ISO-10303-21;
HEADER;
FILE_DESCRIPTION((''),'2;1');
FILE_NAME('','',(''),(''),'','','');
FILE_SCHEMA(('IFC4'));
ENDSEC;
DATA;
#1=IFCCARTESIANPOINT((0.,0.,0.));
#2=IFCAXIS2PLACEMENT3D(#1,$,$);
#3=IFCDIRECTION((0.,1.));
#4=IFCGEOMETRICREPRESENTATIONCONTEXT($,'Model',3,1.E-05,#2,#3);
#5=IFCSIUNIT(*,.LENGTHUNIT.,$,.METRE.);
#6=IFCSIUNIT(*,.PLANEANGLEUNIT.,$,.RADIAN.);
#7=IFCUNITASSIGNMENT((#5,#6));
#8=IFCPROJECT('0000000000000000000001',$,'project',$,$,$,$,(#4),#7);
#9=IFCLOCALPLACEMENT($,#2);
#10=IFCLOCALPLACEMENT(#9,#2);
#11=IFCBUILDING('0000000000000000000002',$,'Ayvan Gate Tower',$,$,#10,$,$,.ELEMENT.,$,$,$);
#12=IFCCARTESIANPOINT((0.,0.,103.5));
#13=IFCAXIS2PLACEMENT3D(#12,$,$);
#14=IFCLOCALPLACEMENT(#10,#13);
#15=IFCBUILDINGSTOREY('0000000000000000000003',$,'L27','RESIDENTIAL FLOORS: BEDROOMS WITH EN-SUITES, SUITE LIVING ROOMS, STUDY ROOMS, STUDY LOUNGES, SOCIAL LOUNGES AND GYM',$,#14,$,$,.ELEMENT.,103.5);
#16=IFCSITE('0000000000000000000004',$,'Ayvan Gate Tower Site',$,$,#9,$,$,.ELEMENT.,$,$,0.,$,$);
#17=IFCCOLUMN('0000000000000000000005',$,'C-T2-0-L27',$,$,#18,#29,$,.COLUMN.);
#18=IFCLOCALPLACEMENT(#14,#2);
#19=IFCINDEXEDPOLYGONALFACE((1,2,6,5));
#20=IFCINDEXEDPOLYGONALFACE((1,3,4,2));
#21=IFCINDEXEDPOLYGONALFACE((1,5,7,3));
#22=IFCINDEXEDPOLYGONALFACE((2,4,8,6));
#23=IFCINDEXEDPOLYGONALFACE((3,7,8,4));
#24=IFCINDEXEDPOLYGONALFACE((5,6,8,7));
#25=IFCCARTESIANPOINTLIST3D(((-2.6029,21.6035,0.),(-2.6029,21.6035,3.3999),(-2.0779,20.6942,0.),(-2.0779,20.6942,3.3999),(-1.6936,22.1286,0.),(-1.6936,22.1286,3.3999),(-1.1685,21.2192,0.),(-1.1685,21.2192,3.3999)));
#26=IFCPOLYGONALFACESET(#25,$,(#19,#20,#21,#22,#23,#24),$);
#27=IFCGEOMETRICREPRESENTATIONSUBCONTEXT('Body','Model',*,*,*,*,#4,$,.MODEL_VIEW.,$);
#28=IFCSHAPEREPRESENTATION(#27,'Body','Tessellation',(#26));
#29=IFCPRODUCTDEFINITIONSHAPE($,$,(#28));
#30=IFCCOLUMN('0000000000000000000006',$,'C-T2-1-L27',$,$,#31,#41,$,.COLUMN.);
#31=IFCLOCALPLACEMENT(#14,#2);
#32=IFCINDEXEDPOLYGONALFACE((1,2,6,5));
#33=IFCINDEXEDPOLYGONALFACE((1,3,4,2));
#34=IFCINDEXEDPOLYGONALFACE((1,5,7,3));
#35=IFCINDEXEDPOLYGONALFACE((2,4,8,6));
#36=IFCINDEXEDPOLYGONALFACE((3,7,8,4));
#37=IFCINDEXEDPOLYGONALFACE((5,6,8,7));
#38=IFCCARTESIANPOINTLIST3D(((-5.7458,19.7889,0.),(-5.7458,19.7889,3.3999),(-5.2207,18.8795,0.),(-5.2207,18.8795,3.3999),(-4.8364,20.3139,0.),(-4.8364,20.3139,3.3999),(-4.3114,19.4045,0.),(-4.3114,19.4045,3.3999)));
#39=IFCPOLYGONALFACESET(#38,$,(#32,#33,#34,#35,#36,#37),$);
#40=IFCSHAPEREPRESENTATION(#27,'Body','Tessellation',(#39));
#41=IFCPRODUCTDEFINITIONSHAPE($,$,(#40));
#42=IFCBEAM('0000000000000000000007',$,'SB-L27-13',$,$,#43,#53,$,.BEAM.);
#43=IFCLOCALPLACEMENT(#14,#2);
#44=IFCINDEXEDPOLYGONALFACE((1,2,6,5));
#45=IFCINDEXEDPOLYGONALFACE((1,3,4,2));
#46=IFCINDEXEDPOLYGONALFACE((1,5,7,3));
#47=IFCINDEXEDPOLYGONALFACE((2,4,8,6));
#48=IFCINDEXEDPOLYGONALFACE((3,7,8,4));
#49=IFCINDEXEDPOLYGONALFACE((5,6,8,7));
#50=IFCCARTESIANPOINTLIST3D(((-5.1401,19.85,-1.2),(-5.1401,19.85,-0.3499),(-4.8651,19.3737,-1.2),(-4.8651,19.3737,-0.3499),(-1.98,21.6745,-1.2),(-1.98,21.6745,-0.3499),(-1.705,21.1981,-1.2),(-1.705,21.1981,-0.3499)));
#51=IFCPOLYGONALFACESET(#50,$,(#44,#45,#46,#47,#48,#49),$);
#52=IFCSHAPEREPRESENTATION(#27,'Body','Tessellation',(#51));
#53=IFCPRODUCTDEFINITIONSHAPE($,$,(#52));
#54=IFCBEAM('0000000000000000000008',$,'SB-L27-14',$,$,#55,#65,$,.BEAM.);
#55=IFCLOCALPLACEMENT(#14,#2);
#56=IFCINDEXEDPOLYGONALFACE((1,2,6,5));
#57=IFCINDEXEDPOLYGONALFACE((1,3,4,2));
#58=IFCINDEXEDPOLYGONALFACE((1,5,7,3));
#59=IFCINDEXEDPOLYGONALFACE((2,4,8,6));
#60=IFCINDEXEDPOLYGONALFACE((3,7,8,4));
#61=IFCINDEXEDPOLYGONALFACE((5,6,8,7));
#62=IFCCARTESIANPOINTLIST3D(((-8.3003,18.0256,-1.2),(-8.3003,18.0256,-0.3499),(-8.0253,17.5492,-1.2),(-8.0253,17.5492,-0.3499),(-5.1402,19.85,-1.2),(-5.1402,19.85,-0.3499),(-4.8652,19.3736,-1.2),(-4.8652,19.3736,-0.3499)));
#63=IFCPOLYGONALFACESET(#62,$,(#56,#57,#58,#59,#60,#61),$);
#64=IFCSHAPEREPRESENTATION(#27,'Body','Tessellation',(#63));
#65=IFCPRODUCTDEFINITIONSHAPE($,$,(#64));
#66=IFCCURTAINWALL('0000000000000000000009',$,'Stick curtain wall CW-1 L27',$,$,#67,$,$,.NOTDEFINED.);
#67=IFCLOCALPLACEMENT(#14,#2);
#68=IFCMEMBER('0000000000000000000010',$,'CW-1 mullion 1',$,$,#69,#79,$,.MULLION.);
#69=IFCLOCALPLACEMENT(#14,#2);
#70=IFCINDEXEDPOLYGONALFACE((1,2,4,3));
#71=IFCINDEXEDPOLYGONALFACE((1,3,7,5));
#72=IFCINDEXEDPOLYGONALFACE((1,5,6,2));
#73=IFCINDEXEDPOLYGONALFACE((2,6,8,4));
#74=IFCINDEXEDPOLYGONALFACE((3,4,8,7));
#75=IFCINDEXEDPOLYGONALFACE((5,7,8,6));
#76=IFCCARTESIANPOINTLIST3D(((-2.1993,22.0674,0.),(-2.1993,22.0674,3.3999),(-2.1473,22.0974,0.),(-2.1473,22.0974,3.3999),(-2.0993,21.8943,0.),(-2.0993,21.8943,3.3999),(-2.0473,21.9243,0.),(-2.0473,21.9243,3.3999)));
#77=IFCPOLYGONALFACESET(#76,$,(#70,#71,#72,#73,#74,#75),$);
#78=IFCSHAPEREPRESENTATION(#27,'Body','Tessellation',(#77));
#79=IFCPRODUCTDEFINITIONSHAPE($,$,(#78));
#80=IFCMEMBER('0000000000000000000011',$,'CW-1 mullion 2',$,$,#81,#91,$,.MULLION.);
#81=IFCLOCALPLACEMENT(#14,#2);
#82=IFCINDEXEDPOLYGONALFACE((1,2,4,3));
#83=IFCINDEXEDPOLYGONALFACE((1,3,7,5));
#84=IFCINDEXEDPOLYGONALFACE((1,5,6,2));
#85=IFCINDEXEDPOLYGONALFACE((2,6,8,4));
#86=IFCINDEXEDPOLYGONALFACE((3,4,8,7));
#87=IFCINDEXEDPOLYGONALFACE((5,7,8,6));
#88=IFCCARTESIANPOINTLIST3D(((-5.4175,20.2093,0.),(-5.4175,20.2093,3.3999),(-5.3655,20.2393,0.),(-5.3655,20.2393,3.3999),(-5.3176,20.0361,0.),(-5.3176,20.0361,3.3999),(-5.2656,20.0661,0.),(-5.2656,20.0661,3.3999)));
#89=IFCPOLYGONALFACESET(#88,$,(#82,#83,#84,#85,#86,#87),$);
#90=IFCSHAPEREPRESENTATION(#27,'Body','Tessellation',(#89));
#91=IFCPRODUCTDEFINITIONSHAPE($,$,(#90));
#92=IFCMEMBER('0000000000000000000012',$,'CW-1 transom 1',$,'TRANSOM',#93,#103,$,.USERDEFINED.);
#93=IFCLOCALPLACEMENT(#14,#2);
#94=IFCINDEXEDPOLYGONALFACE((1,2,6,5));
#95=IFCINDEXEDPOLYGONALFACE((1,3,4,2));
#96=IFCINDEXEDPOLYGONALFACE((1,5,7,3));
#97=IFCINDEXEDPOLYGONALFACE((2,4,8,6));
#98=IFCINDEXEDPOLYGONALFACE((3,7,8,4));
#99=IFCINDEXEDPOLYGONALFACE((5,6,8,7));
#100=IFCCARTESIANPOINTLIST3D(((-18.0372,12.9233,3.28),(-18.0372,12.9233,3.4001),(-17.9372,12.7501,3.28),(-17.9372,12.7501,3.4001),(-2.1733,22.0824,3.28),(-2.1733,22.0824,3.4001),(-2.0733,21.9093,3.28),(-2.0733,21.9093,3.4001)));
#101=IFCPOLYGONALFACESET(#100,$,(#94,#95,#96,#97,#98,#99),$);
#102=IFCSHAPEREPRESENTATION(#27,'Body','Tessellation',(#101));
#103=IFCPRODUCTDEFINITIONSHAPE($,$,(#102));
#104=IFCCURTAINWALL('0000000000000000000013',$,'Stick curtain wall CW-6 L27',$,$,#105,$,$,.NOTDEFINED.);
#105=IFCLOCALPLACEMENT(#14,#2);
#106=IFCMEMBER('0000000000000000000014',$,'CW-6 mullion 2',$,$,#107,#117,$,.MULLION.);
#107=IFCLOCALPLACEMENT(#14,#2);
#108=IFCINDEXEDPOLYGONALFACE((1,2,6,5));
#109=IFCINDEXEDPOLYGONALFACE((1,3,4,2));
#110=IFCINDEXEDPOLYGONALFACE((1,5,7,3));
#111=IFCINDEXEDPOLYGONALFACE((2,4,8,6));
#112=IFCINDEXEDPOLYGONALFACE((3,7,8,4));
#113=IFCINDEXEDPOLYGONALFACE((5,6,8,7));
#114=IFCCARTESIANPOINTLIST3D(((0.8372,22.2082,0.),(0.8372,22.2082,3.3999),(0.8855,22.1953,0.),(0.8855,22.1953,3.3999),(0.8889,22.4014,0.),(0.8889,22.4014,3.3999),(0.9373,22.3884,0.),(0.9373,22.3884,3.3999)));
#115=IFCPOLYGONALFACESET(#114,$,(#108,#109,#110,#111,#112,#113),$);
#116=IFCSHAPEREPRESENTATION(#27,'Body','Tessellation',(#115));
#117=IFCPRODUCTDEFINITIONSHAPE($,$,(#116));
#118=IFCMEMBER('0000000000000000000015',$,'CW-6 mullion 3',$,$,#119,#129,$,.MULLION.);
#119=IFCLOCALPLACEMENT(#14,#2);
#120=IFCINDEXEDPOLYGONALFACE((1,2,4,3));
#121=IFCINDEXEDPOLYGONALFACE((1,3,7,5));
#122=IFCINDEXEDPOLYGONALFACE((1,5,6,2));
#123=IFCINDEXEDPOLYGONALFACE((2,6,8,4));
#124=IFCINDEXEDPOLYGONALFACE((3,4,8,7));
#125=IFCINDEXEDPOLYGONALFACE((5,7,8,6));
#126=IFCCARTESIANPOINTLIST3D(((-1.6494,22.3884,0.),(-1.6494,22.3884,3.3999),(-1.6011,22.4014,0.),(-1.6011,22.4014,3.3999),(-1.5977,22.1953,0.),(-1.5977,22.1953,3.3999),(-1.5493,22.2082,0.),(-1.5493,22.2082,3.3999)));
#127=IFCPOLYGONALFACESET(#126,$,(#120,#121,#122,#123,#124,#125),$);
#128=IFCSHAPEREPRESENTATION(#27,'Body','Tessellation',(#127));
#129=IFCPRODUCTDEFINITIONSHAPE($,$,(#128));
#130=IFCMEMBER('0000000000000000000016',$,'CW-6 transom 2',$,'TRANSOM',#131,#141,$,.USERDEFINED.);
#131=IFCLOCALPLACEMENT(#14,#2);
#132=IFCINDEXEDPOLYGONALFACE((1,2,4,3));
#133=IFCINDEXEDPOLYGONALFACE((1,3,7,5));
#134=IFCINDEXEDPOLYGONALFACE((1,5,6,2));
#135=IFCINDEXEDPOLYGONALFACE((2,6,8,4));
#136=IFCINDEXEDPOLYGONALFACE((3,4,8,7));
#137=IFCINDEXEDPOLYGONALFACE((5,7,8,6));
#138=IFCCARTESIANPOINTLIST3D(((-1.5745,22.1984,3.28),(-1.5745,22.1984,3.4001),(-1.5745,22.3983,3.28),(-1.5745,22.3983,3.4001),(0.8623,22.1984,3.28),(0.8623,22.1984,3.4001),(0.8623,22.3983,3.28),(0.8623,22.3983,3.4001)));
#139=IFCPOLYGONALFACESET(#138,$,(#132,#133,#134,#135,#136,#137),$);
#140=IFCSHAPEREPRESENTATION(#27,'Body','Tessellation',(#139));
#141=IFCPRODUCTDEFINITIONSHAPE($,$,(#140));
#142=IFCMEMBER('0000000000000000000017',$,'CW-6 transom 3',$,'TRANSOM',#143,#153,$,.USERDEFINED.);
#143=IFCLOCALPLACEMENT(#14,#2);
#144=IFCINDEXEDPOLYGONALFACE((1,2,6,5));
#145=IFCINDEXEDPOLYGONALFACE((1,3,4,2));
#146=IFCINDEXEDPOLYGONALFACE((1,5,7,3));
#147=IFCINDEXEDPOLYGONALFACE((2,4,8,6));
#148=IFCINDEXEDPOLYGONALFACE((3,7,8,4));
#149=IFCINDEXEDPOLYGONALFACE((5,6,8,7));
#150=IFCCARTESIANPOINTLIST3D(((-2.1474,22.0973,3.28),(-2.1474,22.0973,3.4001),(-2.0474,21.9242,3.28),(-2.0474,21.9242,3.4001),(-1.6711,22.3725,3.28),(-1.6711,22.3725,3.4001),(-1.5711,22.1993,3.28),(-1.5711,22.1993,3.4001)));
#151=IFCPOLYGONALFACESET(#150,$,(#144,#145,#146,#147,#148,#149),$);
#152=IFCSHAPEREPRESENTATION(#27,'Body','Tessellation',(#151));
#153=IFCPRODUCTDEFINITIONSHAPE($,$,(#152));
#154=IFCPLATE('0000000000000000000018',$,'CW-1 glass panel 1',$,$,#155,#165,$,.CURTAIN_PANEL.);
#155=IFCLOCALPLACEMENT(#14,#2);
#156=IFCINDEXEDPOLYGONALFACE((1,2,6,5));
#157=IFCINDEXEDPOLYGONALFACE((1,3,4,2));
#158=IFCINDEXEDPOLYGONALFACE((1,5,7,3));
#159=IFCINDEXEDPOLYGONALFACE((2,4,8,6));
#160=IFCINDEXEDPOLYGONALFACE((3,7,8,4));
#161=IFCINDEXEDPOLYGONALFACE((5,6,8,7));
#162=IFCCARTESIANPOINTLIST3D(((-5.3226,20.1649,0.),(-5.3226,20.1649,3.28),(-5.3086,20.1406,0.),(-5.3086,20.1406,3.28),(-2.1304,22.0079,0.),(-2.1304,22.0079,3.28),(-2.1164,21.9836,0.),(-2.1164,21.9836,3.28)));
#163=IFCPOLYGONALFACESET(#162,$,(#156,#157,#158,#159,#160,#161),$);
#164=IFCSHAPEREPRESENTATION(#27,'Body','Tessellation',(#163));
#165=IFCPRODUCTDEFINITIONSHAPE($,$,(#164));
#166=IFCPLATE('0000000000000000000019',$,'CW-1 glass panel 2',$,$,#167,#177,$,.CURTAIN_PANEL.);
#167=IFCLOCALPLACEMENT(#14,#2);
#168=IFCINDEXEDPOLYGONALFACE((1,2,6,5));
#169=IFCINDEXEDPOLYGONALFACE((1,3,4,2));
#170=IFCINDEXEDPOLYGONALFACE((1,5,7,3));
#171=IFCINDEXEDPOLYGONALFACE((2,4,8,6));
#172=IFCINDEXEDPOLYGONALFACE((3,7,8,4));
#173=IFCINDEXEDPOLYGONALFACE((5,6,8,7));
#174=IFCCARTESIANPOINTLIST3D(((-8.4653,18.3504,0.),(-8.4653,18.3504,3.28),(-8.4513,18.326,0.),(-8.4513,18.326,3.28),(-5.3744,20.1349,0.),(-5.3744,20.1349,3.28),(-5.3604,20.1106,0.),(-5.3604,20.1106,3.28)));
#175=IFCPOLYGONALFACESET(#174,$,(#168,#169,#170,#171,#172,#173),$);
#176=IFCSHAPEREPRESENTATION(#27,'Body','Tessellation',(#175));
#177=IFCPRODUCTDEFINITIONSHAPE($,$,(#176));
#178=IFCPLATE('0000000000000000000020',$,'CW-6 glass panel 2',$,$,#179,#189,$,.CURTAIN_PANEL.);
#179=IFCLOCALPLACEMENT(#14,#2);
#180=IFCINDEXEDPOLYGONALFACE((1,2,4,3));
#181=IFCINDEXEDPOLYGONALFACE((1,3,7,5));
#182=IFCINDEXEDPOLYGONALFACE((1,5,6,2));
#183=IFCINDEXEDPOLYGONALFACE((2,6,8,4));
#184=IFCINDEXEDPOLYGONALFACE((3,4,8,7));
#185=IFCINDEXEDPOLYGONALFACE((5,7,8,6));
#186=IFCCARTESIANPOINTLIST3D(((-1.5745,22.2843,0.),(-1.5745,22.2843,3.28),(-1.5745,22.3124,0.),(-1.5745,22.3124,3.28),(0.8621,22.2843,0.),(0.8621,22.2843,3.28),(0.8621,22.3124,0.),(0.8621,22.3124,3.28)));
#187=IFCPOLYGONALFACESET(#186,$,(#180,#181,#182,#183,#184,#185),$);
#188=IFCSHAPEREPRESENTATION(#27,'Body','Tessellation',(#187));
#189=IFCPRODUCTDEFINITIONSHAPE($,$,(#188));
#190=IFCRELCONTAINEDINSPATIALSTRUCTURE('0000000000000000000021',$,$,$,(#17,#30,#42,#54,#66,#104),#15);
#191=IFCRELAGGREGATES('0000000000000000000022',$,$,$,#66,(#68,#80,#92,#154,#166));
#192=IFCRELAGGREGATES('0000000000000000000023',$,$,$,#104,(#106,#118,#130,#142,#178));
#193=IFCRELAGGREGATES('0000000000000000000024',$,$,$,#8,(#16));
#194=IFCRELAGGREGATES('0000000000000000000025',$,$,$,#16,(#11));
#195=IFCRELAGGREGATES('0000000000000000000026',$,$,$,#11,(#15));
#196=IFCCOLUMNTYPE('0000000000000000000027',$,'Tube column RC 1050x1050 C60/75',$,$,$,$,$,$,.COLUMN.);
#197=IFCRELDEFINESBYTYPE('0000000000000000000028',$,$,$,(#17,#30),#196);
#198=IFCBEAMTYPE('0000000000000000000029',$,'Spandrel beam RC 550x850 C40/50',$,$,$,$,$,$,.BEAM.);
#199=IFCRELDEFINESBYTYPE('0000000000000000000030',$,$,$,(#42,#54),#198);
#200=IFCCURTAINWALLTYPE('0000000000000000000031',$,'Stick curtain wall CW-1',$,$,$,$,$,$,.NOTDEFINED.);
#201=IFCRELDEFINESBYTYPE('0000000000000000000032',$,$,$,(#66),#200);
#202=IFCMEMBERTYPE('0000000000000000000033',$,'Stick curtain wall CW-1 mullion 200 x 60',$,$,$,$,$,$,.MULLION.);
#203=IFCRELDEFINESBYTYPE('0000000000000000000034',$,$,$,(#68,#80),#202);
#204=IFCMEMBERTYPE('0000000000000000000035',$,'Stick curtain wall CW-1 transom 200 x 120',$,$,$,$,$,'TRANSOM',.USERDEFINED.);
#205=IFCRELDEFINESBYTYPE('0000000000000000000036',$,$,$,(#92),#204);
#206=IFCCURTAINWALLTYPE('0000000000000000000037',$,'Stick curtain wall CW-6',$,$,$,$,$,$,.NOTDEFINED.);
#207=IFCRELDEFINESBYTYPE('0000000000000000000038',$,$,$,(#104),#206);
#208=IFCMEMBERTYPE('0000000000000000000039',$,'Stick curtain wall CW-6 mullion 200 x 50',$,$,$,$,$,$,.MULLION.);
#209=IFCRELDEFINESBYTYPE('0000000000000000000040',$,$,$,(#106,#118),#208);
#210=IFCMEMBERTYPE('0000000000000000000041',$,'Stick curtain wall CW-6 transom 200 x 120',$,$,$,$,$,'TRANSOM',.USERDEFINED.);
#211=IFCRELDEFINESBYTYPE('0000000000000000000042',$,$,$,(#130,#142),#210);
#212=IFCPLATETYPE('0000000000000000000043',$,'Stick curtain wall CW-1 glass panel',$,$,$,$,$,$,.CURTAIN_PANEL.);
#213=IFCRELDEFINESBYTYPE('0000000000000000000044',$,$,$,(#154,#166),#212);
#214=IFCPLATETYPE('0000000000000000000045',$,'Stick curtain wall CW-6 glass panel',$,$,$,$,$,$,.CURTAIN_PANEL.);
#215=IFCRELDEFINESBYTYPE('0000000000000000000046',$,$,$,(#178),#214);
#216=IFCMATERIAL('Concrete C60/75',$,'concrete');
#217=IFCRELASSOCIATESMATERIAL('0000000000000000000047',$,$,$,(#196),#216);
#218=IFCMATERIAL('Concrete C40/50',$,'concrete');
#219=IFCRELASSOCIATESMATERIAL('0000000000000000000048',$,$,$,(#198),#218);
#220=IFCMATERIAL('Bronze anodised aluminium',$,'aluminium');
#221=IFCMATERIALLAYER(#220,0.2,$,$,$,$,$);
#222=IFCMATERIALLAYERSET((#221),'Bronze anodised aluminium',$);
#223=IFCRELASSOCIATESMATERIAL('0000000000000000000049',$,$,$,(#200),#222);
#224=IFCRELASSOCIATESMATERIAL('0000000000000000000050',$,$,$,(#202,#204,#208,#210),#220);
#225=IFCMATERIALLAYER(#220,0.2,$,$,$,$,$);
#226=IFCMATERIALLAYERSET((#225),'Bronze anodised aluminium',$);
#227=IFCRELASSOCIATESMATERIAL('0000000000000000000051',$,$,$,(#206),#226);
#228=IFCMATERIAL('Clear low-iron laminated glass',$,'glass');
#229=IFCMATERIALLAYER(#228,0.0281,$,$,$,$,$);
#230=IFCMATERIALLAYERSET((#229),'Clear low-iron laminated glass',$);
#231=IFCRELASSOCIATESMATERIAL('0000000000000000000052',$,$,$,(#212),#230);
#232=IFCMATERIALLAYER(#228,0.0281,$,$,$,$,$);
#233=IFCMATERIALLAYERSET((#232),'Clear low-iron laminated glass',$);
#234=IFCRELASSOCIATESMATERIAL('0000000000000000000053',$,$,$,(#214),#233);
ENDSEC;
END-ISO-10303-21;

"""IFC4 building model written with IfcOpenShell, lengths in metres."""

from ifc_helpers import new_model, si_unit, direction, frame, origin, origin_2d, place, context, subcontext, project, spatial, rectangle, extrude, material, layer, layer_set, material_profile, profile_set, type_object, element, aggregate, save


model = new_model("IFC4")

# Units and contexts
model_context = context("Model", 3, precision=1e-05, world=origin(), true_north=direction((0.0, 1.0)))
body_context = subcontext(model_context, "Body", "Model", "MODEL_VIEW")
ifc_project = project(units=[si_unit("LENGTHUNIT", "METRE"), si_unit("PLANEANGLEUNIT", "RADIAN")], contexts=[model_context])

# Site, building, storey
site_placement = place(None, origin())
site = spatial("IfcSite", under=ifc_project, at=site_placement, Name="Ayvan Gate Tower Site", CompositionType="ELEMENT", RefElevation=0.0)
building_placement = place(site_placement, origin())
building = spatial("IfcBuilding", under=site, at=building_placement, Name="Ayvan Gate Tower", CompositionType="ELEMENT")
storey_placement = place(building_placement, frame((0.0, 0.0, 103.5)))
storey = spatial("IfcBuildingStorey", under=building, at=storey_placement, Name="L27", Description="RESIDENTIAL FLOORS: BEDROOMS WITH EN-SUITES, SUITE LIVING ROOMS, STUDY ROOMS, STUDY LOUNGES, SOCIAL LOUNGES AND GYM", CompositionType="ELEMENT", Elevation=103.5)

# Columns
ifc_material_1 = material(Name="Concrete C60/75", Category="concrete")
ifc_material_profile_1 = material_profile(ifc_material_1, rectangle(XDim=1.05, YDim=1.05, at=origin_2d()), Name="RC 1050x1050")
ifc_profile_set_1 = profile_set([ifc_material_profile_1], Name="Concrete C60/75")
column_type = type_object("IfcColumnType", Name="Tube column RC 1050x1050 C60/75", PredefinedType="COLUMN", material=ifc_profile_set_1)
for number, where, z_axis, x_axis, name in (
    (1, (-1.8857, 21.4114, 0.0), (0.0, 0.0, 1.0), (-0.5, 0.866025, 0.0), "C-T2-0-L27"),
    (2, (-5.0286, 19.5967, 0.0), (0.0, 0.0, 1.0), (-0.5, 0.866025, 0.0), "C-T2-1-L27"),
):
    element("IfcColumn", number, at=place(storey_placement, frame(where, z_axis=z_axis, x_axis=x_axis)), inside=storey, type_object=column_type, Name=name, PredefinedType="COLUMN", context=body_context, shape_type="SweptSolid", body=[
        extrude(rectangle(XDim=1.05, YDim=1.05, at=origin_2d()), origin(), (0.0, 0.0, 1.0), 3.3999),
    ])

# Beams
ifc_material_2 = material(Name="Concrete C40/50", Category="concrete")
ifc_material_profile_2 = material_profile(ifc_material_2, rectangle(XDim=0.55, YDim=0.8501, at=origin_2d()), Name="RC 550x850")
ifc_profile_set_2 = profile_set([ifc_material_profile_2], Name="Concrete C40/50")
beam_type = type_object("IfcBeamType", Name="Spandrel beam RC 550x850 C40/50", PredefinedType="BEAM", material=ifc_profile_set_2)
for number, where, z_axis, x_axis, name in (
    (3, (-1.8425, 21.4363, -0.7749), (-0.866032, -0.499989, 0.0), (0.499989, -0.866032, 0.0), "SB-L27-13"),
    (4, (-5.0027, 19.6118, -0.7749), (-0.866032, -0.499989, 0.0), (0.499989, -0.866032, 0.0), "SB-L27-14"),
):
    element("IfcBeam", number, at=place(storey_placement, frame(where, z_axis=z_axis, x_axis=x_axis)), inside=storey, type_object=beam_type, Name=name, PredefinedType="BEAM", context=body_context, shape_type="SweptSolid", body=[
        extrude(rectangle(XDim=0.55, YDim=0.8501, at=origin_2d()), origin(), (0.0, 0.0, 1.0), 3.6489),
    ])

# Curtain walls, members
ifc_material_3 = material(Name="Bronze anodised aluminium", Category="aluminium")
ifc_layer_1 = layer(ifc_material_3, 0.2)
ifc_layer_set_1 = layer_set([ifc_layer_1], Name="Bronze anodised aluminium")
curtain_wall_type_1 = type_object("IfcCurtainWallType", Name="Stick curtain wall CW-1", PredefinedType="NOTDEFINED", material=ifc_layer_set_1)
curtain_wall_1_placement = place(storey_placement, origin())
curtain_wall_1 = element("IfcCurtainWall", 5, at=curtain_wall_1_placement, inside=storey, type_object=curtain_wall_type_1, Name="Stick curtain wall CW-1 L27", PredefinedType="NOTDEFINED")
ifc_material_profile_3 = material_profile(ifc_material_3, rectangle(XDim=0.2, YDim=0.0601, at=origin_2d()), Name="Stick curtain wall CW-1 mullion 200 x 60")
ifc_profile_set_3 = profile_set([ifc_material_profile_3], Name="Bronze anodised aluminium")
member_type_1 = type_object("IfcMemberType", Name="Stick curtain wall CW-1 mullion 200 x 60", PredefinedType="MULLION", material=ifc_profile_set_3)
member_1_placement = place(storey_placement, frame((-2.1233, 21.9958, 0.0), z_axis=(0.0, 0.0, 1.0), x_axis=(-0.5, 0.866025, 0.0)))
member_1 = element("IfcMember", 6, at=member_1_placement, type_object=member_type_1, Name="CW-1 mullion 1", PredefinedType="MULLION", context=body_context, shape_type="SweptSolid", body=[
    extrude(rectangle(XDim=0.2, YDim=0.0601, at=origin_2d()), origin(), (0.0, 0.0, 1.0), 3.3999),
])
member_2_placement = place(storey_placement, frame((-5.3416, 20.1377, 0.0), z_axis=(0.0, 0.0, 1.0), x_axis=(-0.5, 0.866025, 0.0)))
member_2 = element("IfcMember", 7, at=member_2_placement, type_object=member_type_1, Name="CW-1 mullion 2", PredefinedType="MULLION", context=body_context, shape_type="SweptSolid", body=[
    extrude(rectangle(XDim=0.2, YDim=0.0601, at=origin_2d()), origin(), (0.0, 0.0, 1.0), 3.3999),
])
ifc_material_profile_4 = material_profile(ifc_material_3, rectangle(XDim=0.2, YDim=0.1201, at=origin_2d()), Name="Stick curtain wall CW-1 transom 200 x 120")
ifc_profile_set_4 = profile_set([ifc_material_profile_4], Name="Bronze anodised aluminium")
member_type_2 = type_object("IfcMemberType", Name="Stick curtain wall CW-1 transom 200 x 120", ElementType="TRANSOM", PredefinedType="USERDEFINED", material=ifc_profile_set_4)
member_3_placement = place(storey_placement, frame((-2.1233, 21.9958, 3.3401), z_axis=(-0.866023, -0.500004, 0.0), x_axis=(0.500004, -0.866023, 0.0)))
member_3 = element("IfcMember", 8, at=member_3_placement, type_object=member_type_2, Name="CW-1 transom 1", ObjectType="TRANSOM", PredefinedType="USERDEFINED", context=body_context, shape_type="SweptSolid", body=[
    extrude(rectangle(XDim=0.2, YDim=0.1201, at=origin_2d()), origin(), (0.0, 0.0, 1.0), 18.3181),
])
ifc_layer_2 = layer(ifc_material_3, 0.2)
ifc_layer_set_2 = layer_set([ifc_layer_2], Name="Bronze anodised aluminium")
curtain_wall_type_2 = type_object("IfcCurtainWallType", Name="Stick curtain wall CW-6", PredefinedType="NOTDEFINED", material=ifc_layer_set_2)
curtain_wall_2_placement = place(storey_placement, origin())
curtain_wall_2 = element("IfcCurtainWall", 9, at=curtain_wall_2_placement, inside=storey, type_object=curtain_wall_type_2, Name="Stick curtain wall CW-6 L27", PredefinedType="NOTDEFINED")
ifc_material_profile_5 = material_profile(ifc_material_3, rectangle(XDim=0.2, YDim=0.05, at=origin_2d()), Name="Stick curtain wall CW-6 mullion 200 x 50")
ifc_profile_set_5 = profile_set([ifc_material_profile_5], Name="Bronze anodised aluminium")
member_type_3 = type_object("IfcMemberType", Name="Stick curtain wall CW-6 mullion 200 x 50", PredefinedType="MULLION", material=ifc_profile_set_5)
member_4_placement = place(storey_placement, frame((0.8872, 22.2983, 0.0), z_axis=(0.0, 0.0, 1.0), x_axis=(0.258819, 0.965926, 0.0)))
member_4 = element("IfcMember", 10, at=member_4_placement, type_object=member_type_3, Name="CW-6 mullion 2", PredefinedType="MULLION", context=body_context, shape_type="SweptSolid", body=[
    extrude(rectangle(XDim=0.2, YDim=0.05, at=origin_2d()), origin(), (0.0, 0.0, 1.0), 3.3999),
])
member_5_placement = place(storey_placement, frame((-1.5994, 22.2983, 0.0), z_axis=(0.0, 0.0, 1.0), x_axis=(-0.258819, 0.965926, 0.0)))
member_5 = element("IfcMember", 11, at=member_5_placement, type_object=member_type_3, Name="CW-6 mullion 3", PredefinedType="MULLION", context=body_context, shape_type="SweptSolid", body=[
    extrude(rectangle(XDim=0.2, YDim=0.05, at=origin_2d()), origin(), (0.0, 0.0, 1.0), 3.3999),
])
ifc_material_profile_6 = material_profile(ifc_material_3, rectangle(XDim=0.2, YDim=0.1201, at=origin_2d()), Name="Stick curtain wall CW-6 transom 200 x 120")
ifc_profile_set_6 = profile_set([ifc_material_profile_6], Name="Bronze anodised aluminium")
member_type_4 = type_object("IfcMemberType", Name="Stick curtain wall CW-6 transom 200 x 120", ElementType="TRANSOM", PredefinedType="USERDEFINED", material=ifc_profile_set_6)
member_6_placement = place(storey_placement, frame((0.8623, 22.2983, 3.3401), z_axis=(-1.0, 0.0, 0.0), x_axis=(0.0, -1.0, 0.0)))
member_6 = element("IfcMember", 12, at=member_6_placement, type_object=member_type_4, Name="CW-6 transom 2", ObjectType="TRANSOM", PredefinedType="USERDEFINED", context=body_context, shape_type="SweptSolid", body=[
    extrude(rectangle(XDim=0.2, YDim=0.1201, at=origin_2d()), origin(), (0.0, 0.0, 1.0), 2.4368),
])
member_7_placement = place(storey_placement, frame((-1.6211, 22.2859, 3.3401), z_axis=(-0.865912, -0.500196, 0.0), x_axis=(0.500196, -0.865912, 0.0)))
member_7 = element("IfcMember", 13, at=member_7_placement, type_object=member_type_4, Name="CW-6 transom 3", ObjectType="TRANSOM", PredefinedType="USERDEFINED", context=body_context, shape_type="SweptSolid", body=[
    extrude(rectangle(XDim=0.2, YDim=0.1201, at=origin_2d()), origin(), (0.0, 0.0, 1.0), 0.55),
])

# Plates
ifc_material_4 = material(Name="Clear low-iron laminated glass", Category="glass")
ifc_layer_3 = layer(ifc_material_4, 0.0281)
ifc_layer_set_3 = layer_set([ifc_layer_3], Name="Clear low-iron laminated glass")
plate_type_1 = type_object("IfcPlateType", Name="Stick curtain wall CW-1 glass panel", PredefinedType="CURTAIN_PANEL", material=ifc_layer_set_3)
plate_1_placement = place(storey_placement, frame((-3.7195, 21.0742, 0.0), z_axis=(0.0, 0.0, 1.0), x_axis=(-0.866025, -0.5, 0.0)))
plate_1 = element("IfcPlate", 14, at=plate_1_placement, type_object=plate_type_1, Name="CW-1 glass panel 1", PredefinedType="CURTAIN_PANEL", context=body_context, shape_type="SweptSolid", body=[
    extrude(rectangle(XDim=3.686, YDim=0.0281, at=origin_2d()), origin(), (0.0, 0.0, 1.0), 3.28),
])
plate_2_placement = place(storey_placement, frame((-6.9128, 19.2305, 0.0), z_axis=(0.0, 0.0, 1.0), x_axis=(-0.866025, -0.5, 0.0)))
plate_2 = element("IfcPlate", 15, at=plate_2_placement, type_object=plate_type_1, Name="CW-1 glass panel 2", PredefinedType="CURTAIN_PANEL", context=body_context, shape_type="SweptSolid", body=[
    extrude(rectangle(XDim=3.5691, YDim=0.0281, at=origin_2d()), origin(), (0.0, 0.0, 1.0), 3.28),
])
aggregate(curtain_wall_1, [member_1, member_2, member_3, plate_1, plate_2])
ifc_layer_4 = layer(ifc_material_4, 0.0281)
ifc_layer_set_4 = layer_set([ifc_layer_4], Name="Clear low-iron laminated glass")
plate_type_2 = type_object("IfcPlateType", Name="Stick curtain wall CW-6 glass panel", PredefinedType="CURTAIN_PANEL", material=ifc_layer_set_4)
plate_3_placement = place(storey_placement, frame((-0.3562, 22.2983, 0.0), z_axis=(0.0, 0.0, 1.0), x_axis=(-1.0, 0.0, 0.0)))
plate_3 = element("IfcPlate", 16, at=plate_3_placement, type_object=plate_type_2, Name="CW-6 glass panel 2", PredefinedType="CURTAIN_PANEL", context=body_context, shape_type="SweptSolid", body=[
    extrude(rectangle(XDim=2.4365, YDim=0.0281, at=origin_2d()), origin(), (0.0, 0.0, 1.0), 3.28),
])
aggregate(curtain_wall_2, [member_4, member_5, member_6, member_7, plate_3])

save(model, "model.ifc")
